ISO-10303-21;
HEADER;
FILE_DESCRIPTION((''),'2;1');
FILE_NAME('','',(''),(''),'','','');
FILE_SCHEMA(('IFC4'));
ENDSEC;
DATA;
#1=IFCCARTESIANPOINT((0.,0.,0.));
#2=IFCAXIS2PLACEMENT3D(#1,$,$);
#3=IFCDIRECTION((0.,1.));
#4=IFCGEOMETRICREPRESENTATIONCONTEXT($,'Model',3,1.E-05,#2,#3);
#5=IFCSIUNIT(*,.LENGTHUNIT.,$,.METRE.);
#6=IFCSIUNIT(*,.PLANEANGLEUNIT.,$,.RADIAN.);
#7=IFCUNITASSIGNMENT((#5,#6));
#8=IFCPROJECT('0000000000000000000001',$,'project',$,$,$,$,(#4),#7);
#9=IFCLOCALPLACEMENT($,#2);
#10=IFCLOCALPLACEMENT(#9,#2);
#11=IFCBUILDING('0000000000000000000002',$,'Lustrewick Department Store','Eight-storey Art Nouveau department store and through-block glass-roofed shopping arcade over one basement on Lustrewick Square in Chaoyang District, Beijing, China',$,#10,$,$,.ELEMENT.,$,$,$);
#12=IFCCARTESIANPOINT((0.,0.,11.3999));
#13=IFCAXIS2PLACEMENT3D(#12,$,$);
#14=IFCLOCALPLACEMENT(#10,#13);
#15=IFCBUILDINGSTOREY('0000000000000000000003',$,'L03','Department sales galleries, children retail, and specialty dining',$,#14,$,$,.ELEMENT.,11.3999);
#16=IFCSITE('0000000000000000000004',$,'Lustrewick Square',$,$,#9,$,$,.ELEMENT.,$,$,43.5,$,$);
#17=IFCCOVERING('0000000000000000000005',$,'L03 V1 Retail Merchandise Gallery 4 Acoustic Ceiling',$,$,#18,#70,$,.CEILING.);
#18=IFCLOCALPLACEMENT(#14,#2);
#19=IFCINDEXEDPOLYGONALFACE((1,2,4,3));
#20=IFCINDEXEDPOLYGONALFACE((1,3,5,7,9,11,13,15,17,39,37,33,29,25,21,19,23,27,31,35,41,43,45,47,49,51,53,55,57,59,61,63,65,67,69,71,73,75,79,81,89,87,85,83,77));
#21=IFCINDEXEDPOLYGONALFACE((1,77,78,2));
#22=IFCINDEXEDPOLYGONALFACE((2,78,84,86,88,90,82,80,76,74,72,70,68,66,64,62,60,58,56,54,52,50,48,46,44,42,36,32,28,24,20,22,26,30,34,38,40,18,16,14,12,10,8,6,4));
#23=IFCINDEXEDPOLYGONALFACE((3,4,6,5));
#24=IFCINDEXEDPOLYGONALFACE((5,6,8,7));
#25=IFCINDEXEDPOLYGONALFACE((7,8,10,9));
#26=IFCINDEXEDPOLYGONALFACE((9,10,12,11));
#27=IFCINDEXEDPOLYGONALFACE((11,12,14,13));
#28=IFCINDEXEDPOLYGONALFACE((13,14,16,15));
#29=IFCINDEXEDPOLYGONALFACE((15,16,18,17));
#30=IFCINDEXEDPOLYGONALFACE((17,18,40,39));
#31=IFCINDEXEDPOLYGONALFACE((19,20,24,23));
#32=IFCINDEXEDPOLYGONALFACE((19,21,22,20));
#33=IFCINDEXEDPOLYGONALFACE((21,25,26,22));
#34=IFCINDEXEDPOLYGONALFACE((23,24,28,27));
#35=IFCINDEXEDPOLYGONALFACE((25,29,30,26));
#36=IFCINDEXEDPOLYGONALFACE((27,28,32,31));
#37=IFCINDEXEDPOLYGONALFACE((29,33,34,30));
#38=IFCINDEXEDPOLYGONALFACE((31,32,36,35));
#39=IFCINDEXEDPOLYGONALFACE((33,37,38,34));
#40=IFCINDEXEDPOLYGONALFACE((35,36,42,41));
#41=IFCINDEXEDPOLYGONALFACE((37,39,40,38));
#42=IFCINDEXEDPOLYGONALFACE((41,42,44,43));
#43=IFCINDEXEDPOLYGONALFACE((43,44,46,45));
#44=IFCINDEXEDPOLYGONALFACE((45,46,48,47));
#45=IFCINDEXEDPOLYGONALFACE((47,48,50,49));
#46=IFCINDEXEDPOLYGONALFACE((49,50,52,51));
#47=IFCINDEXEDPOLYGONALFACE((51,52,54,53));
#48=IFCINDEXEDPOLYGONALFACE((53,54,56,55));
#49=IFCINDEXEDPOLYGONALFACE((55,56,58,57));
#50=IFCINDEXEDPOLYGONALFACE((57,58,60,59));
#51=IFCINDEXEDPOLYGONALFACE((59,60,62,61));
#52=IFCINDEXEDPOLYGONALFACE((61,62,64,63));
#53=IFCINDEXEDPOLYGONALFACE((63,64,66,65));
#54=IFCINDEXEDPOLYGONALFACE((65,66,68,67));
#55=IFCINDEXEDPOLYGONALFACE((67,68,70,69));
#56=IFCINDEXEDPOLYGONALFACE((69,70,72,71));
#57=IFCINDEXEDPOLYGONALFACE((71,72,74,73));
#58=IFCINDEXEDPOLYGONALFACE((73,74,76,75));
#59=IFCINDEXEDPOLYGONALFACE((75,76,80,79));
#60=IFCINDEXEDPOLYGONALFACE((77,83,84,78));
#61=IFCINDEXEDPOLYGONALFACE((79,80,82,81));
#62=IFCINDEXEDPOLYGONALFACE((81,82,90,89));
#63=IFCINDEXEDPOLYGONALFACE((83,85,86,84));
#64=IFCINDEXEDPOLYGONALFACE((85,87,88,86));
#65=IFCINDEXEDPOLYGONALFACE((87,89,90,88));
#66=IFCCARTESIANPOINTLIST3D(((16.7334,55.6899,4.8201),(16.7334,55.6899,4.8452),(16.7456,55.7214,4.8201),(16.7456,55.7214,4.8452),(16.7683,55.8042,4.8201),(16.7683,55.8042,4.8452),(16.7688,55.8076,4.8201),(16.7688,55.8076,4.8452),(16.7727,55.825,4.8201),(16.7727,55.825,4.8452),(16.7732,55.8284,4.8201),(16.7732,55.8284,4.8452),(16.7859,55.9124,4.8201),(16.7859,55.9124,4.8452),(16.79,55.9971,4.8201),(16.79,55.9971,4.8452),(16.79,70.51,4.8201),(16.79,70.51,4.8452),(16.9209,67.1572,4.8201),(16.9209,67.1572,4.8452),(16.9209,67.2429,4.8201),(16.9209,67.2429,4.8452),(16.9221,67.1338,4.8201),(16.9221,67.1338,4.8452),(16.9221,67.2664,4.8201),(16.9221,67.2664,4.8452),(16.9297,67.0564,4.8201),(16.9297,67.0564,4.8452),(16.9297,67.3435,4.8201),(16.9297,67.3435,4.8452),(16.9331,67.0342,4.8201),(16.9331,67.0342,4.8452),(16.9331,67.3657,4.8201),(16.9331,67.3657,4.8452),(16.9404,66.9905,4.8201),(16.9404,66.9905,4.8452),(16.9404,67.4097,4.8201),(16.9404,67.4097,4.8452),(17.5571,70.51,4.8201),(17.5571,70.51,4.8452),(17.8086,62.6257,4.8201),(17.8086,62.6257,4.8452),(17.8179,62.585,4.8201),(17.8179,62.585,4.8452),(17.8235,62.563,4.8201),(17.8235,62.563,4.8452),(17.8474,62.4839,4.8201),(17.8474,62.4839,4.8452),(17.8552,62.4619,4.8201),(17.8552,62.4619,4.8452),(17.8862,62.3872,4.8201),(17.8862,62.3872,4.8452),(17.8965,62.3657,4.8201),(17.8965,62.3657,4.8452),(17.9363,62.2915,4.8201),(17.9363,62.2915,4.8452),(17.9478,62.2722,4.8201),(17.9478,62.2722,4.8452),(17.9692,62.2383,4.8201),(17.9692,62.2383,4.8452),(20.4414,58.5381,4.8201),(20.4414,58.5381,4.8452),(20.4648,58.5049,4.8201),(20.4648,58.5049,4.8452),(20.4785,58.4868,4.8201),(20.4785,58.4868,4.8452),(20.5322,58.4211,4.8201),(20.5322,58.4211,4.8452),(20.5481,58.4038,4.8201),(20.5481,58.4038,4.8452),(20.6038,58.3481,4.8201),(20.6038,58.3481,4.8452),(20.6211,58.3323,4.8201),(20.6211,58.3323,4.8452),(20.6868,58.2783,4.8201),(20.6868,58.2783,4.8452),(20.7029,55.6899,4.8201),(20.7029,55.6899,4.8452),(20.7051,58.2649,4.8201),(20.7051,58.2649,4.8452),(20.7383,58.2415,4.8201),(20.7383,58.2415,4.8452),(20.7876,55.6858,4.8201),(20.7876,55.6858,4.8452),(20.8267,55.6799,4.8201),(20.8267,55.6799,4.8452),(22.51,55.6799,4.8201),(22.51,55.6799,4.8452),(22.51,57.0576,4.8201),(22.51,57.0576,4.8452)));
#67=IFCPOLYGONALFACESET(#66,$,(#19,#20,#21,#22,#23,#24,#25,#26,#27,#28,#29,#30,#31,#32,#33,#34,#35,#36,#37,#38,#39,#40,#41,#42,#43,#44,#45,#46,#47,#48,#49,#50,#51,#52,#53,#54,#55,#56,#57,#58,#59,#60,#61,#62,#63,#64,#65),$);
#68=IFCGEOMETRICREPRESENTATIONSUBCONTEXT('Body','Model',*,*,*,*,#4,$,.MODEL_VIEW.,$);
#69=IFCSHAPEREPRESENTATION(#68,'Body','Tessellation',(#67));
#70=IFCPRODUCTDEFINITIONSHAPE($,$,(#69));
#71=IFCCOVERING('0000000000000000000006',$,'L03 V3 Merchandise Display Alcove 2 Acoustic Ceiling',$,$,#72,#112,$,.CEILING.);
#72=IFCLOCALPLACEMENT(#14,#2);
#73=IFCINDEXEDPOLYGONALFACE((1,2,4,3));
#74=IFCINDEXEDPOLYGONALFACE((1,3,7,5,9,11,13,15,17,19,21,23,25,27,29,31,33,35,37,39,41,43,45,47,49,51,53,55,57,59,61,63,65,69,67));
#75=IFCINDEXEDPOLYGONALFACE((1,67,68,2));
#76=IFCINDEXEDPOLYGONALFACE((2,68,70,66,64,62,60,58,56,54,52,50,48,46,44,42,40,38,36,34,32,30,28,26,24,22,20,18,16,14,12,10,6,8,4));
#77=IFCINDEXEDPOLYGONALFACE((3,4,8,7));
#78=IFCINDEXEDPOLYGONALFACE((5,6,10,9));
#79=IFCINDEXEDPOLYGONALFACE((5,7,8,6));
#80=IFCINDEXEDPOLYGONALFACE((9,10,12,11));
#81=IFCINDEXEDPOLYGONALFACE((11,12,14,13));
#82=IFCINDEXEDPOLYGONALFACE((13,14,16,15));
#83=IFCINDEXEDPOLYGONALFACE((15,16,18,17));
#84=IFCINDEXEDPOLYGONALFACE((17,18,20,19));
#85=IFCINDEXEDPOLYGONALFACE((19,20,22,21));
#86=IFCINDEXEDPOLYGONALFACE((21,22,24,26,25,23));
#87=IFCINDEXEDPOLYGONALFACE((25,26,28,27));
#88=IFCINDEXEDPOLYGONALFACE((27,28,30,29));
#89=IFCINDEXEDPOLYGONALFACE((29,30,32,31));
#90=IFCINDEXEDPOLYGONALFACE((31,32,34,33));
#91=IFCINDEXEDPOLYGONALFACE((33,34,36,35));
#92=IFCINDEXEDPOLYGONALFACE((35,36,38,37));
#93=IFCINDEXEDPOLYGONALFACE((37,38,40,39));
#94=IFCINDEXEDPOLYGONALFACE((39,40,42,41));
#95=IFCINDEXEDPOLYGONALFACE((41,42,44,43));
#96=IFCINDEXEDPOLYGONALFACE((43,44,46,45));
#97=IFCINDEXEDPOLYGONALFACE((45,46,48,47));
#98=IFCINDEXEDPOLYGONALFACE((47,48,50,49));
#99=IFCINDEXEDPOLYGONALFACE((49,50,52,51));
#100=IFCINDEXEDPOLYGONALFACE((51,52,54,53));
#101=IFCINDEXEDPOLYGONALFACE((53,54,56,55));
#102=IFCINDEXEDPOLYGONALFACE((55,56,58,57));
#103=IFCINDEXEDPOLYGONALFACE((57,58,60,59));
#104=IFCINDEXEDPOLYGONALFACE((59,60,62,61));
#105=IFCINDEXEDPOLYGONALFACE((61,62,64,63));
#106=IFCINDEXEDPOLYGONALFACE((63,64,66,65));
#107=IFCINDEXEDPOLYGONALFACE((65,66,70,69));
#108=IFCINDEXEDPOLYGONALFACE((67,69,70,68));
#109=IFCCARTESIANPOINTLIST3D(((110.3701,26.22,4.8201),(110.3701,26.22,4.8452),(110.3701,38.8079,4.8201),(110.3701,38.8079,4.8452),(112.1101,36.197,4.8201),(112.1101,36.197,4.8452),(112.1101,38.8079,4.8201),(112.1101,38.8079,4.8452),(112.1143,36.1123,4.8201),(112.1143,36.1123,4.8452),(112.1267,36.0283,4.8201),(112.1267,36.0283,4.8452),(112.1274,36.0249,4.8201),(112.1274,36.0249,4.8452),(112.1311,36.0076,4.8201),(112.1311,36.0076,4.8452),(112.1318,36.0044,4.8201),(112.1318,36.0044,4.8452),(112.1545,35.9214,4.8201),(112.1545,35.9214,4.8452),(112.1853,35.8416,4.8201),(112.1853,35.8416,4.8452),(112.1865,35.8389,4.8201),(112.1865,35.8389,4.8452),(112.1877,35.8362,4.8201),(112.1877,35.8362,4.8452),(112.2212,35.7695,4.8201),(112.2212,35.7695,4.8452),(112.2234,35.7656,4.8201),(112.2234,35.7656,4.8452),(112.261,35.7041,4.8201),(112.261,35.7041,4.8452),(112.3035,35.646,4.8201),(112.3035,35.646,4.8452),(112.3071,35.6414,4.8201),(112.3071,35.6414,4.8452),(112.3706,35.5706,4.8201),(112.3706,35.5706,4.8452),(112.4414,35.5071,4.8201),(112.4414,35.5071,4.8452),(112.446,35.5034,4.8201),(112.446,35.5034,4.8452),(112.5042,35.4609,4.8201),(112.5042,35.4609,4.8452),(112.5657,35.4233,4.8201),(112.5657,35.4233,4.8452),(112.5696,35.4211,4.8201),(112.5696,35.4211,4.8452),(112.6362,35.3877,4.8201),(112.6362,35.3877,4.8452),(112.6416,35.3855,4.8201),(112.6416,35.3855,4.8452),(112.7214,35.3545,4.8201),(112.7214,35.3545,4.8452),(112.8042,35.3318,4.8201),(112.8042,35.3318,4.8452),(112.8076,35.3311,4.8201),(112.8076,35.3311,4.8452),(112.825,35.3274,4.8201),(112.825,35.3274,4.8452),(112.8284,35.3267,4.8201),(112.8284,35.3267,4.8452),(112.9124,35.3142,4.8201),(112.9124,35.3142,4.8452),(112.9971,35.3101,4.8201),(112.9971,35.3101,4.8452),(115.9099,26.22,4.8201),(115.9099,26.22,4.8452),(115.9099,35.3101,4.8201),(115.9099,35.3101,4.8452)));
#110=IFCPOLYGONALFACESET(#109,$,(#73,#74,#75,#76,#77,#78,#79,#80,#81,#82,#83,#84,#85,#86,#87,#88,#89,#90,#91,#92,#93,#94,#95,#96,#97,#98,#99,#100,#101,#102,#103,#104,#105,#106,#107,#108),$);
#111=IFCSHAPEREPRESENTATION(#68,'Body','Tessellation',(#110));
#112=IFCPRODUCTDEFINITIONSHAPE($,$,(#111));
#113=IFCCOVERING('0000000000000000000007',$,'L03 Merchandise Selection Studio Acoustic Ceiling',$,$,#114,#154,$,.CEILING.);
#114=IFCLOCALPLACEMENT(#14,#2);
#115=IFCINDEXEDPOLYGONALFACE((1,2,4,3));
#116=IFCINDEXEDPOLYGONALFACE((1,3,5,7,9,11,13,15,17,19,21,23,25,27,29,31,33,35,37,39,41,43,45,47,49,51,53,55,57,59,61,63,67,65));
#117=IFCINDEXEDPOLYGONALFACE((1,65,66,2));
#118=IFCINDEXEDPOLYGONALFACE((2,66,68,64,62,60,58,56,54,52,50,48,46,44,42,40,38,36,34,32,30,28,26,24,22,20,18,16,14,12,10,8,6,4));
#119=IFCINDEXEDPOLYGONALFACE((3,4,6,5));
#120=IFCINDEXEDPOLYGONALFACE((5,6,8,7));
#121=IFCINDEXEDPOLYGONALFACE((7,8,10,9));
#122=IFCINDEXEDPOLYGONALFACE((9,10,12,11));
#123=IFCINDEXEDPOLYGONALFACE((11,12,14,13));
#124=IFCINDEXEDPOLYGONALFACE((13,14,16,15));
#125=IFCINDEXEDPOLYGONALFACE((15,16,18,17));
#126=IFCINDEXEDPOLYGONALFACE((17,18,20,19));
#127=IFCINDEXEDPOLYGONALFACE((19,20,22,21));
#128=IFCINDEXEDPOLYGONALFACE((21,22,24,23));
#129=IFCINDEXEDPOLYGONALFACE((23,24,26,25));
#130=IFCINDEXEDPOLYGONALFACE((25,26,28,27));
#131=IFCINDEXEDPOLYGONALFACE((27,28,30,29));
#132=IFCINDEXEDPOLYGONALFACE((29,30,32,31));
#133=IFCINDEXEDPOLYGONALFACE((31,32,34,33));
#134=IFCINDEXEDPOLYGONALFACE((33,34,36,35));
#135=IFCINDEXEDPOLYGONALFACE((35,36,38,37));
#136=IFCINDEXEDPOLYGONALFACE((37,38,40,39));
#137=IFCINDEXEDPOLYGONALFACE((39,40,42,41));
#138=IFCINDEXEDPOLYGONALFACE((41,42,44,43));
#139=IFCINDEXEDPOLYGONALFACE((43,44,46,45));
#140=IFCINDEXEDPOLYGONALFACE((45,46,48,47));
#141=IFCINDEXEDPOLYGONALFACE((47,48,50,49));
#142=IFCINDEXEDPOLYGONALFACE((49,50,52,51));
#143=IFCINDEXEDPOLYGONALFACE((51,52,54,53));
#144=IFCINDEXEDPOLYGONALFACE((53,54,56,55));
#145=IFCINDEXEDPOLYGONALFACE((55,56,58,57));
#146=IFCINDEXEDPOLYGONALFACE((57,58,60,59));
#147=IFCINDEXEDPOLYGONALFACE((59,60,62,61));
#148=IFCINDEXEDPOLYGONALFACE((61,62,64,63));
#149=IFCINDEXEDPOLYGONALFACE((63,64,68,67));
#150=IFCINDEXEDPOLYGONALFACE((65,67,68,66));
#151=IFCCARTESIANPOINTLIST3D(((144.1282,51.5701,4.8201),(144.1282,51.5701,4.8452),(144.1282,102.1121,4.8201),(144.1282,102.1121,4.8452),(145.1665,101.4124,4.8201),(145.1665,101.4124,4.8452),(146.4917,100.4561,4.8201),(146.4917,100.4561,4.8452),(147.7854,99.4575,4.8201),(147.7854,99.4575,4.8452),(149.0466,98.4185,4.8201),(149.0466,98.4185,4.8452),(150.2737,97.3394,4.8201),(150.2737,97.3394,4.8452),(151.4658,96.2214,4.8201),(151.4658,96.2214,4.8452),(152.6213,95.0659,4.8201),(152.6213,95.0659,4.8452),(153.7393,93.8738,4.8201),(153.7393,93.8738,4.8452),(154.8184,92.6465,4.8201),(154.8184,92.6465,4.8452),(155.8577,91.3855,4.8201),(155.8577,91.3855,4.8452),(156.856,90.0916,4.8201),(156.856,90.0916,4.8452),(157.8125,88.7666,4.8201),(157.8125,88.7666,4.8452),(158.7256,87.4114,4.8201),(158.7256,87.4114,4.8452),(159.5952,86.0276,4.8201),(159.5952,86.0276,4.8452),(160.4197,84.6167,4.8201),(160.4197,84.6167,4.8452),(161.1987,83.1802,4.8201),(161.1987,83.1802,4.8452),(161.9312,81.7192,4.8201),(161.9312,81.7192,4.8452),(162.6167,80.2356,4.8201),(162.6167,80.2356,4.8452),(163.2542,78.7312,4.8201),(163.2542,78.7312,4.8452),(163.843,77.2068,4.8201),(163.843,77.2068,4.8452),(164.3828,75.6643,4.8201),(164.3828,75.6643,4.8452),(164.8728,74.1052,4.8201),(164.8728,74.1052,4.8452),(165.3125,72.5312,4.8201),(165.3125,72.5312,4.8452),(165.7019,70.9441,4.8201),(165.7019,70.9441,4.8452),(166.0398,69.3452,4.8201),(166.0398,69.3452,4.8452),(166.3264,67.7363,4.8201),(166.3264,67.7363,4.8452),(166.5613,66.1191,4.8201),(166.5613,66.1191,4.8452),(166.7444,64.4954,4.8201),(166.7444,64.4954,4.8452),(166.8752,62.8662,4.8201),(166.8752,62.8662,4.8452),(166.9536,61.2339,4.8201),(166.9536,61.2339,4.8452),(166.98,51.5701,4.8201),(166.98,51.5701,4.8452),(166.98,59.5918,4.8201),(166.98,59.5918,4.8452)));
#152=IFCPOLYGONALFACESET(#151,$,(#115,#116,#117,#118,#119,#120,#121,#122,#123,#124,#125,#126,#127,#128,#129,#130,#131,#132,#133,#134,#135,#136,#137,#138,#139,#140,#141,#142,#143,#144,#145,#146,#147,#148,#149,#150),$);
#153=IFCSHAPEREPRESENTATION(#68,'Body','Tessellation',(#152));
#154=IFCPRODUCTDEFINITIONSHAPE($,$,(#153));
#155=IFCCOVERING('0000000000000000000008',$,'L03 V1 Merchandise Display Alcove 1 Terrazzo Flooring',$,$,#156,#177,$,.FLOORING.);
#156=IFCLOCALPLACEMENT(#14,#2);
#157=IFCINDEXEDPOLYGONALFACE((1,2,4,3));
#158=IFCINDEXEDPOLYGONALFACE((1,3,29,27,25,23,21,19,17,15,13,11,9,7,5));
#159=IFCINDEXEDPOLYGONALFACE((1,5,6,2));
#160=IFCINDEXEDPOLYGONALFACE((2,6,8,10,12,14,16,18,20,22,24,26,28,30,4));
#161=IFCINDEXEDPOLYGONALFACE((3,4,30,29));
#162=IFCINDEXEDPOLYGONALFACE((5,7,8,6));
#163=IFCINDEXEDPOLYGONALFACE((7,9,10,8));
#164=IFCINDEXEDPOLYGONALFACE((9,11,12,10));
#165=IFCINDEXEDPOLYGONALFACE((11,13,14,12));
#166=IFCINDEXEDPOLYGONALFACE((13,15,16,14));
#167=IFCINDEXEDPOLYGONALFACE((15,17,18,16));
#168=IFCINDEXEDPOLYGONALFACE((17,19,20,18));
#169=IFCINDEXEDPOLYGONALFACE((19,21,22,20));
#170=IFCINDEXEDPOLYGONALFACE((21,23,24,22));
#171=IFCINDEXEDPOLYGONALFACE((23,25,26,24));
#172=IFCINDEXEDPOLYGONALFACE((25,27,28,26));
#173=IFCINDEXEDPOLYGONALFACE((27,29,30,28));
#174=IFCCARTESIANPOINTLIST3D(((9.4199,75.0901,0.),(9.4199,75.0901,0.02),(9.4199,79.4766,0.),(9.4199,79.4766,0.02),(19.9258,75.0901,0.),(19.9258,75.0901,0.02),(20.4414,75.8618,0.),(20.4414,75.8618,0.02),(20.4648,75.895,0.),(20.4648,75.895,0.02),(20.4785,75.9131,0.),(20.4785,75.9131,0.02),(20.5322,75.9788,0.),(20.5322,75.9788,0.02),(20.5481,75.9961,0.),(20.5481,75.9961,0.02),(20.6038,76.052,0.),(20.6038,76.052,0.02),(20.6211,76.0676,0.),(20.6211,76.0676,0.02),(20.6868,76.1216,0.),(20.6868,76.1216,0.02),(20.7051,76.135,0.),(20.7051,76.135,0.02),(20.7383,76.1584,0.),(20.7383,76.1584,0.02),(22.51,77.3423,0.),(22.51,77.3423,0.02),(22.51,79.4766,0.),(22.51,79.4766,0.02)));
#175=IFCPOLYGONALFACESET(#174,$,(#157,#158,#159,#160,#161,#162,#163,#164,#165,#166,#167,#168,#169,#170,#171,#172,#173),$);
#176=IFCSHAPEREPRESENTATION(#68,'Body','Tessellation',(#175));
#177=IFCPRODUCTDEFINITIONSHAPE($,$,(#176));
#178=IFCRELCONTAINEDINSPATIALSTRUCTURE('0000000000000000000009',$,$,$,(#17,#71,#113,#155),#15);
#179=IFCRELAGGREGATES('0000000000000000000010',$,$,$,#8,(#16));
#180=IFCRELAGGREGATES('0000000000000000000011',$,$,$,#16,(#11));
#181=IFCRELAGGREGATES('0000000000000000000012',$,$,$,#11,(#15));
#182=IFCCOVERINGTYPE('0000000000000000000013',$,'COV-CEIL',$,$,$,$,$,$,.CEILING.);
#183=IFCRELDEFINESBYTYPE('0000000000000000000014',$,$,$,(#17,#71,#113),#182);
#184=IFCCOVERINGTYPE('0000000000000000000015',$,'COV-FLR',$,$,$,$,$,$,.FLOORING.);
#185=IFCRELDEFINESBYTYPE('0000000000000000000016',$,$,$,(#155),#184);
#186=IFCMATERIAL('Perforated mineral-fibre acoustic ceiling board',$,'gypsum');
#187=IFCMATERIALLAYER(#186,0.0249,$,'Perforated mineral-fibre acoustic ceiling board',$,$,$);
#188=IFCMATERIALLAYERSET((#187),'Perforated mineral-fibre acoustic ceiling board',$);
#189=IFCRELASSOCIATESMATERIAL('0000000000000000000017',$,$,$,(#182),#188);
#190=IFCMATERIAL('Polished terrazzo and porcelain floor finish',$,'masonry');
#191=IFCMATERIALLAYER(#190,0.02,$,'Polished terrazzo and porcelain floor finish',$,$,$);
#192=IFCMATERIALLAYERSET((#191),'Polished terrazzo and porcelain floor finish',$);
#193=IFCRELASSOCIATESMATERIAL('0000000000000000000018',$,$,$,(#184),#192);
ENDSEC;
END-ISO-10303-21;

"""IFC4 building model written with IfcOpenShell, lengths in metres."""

from ifc_helpers import new_model, si_unit, direction, frame, origin, place, context, subcontext, project, spatial, polyline, outline, extrude, material, layer, layer_set, type_object, element, save


model = new_model("IFC4")

# Units and contexts
model_context = context("Model", 3, precision=1e-05, world=origin(), true_north=direction((0.0, 1.0)))
body_context = subcontext(model_context, "Body", "Model", "MODEL_VIEW")
ifc_project = project(units=[si_unit("LENGTHUNIT", "METRE"), si_unit("PLANEANGLEUNIT", "RADIAN")], contexts=[model_context])

# Site, building, storey
site_placement = place(None, origin())
site = spatial("IfcSite", under=ifc_project, at=site_placement, Name="Lustrewick Square", CompositionType="ELEMENT", RefElevation=43.5)
building_placement = place(site_placement, origin())
building = spatial("IfcBuilding", under=site, at=building_placement, Name="Lustrewick Department Store", Description="Eight-storey Art Nouveau department store and through-block glass-roofed shopping arcade over one basement on Lustrewick Square in Chaoyang District, Beijing, China", CompositionType="ELEMENT")
storey_placement = place(building_placement, frame((0.0, 0.0, 11.3999)))
storey = spatial("IfcBuildingStorey", under=building, at=storey_placement, Name="L03", Description="Department sales galleries, children retail, and specialty dining", CompositionType="ELEMENT", Elevation=11.3999)

# Coverings
ifc_material_1 = material(Name="Perforated mineral-fibre acoustic ceiling board", Category="gypsum")
ifc_layer_1 = layer(ifc_material_1, 0.0249, Name="Perforated mineral-fibre acoustic ceiling board")
ifc_layer_set_1 = layer_set([ifc_layer_1], Name="Perforated mineral-fibre acoustic ceiling board")
covering_type_1 = type_object("IfcCoveringType", Name="COV-CEIL", PredefinedType="CEILING", material=ifc_layer_set_1)
covering_1_placement = place(storey_placement, frame((0.0, 0.0, 4.8201)))
element("IfcCovering", 1, at=covering_1_placement, inside=storey, type_object=covering_type_1, Name="L03 V1 Retail Merchandise Gallery 4 Acoustic Ceiling", PredefinedType="CEILING", context=body_context, shape_type="SweptSolid", body=[
    extrude(outline(polyline([(20.7029, 55.6899), (20.7876, 55.6858), (20.8267, 55.6799), (22.51, 55.6799), (22.51, 57.0576), (20.7383, 58.2415), (20.7051, 58.2649), (20.6868, 58.2783), (20.6211, 58.3323), (20.6038, 58.3481), (20.5481, 58.4038), (20.5322, 58.4211), (20.4785, 58.4868), (20.4648, 58.5049), (20.4414, 58.5381), (17.9692, 62.2383), (17.9478, 62.2722), (17.9363, 62.2915), (17.8965, 62.3657), (17.8862, 62.3872), (17.8552, 62.4619), (17.8474, 62.4839), (17.8235, 62.563), (17.8179, 62.585), (17.8086, 62.6257), (16.9404, 66.9905), (16.9331, 67.0342), (16.9297, 67.0564), (16.9221, 67.1338), (16.9209, 67.1572), (16.9209, 67.2429), (16.9221, 67.2664), (16.9297, 67.3435), (16.9331, 67.3657), (16.9404, 67.4097), (17.5571, 70.51), (16.79, 70.51), (16.79, 55.9971), (16.7859, 55.9124), (16.7732, 55.8284), (16.7727, 55.825), (16.7688, 55.8076), (16.7683, 55.8042), (16.7456, 55.7214), (16.7334, 55.6899), (20.7029, 55.6899)])), origin(), (0.0, 0.0, 1.0), 0.0251),
])
covering_2_placement = place(storey_placement, frame((0.0, 0.0, 4.8201)))
element("IfcCovering", 2, at=covering_2_placement, inside=storey, type_object=covering_type_1, Name="L03 V3 Merchandise Display Alcove 2 Acoustic Ceiling", PredefinedType="CEILING", context=body_context, shape_type="SweptSolid", body=[
    extrude(outline(polyline([(112.1101, 38.8079), (110.3701, 38.8079), (110.3701, 26.22), (115.9099, 26.22), (115.9099, 35.3101), (112.9971, 35.3101), (112.9124, 35.3142), (112.8284, 35.3267), (112.825, 35.3274), (112.8076, 35.3311), (112.8042, 35.3318), (112.7214, 35.3545), (112.6416, 35.3855), (112.6362, 35.3877), (112.5696, 35.4211), (112.5657, 35.4233), (112.5042, 35.4609), (112.446, 35.5034), (112.4414, 35.5071), (112.3706, 35.5706), (112.3071, 35.6414), (112.3035, 35.646), (112.261, 35.7041), (112.2234, 35.7656), (112.2212, 35.7695), (112.1877, 35.8362), (112.1865, 35.8389), (112.1853, 35.8416), (112.1545, 35.9214), (112.1318, 36.0044), (112.1311, 36.0076), (112.1274, 36.0249), (112.1267, 36.0283), (112.1143, 36.1123), (112.1101, 36.197), (112.1101, 38.8079)])), origin(), (0.0, 0.0, 1.0), 0.0251),
])
covering_3_placement = place(storey_placement, frame((0.0, 0.0, 4.8201)))
element("IfcCovering", 3, at=covering_3_placement, inside=storey, type_object=covering_type_1, Name="L03 Merchandise Selection Studio Acoustic Ceiling", PredefinedType="CEILING", context=body_context, shape_type="SweptSolid", body=[
    extrude(outline(polyline([(144.1282, 102.1121), (144.1282, 51.5701), (166.98, 51.5701), (166.98, 59.5918), (166.9536, 61.2339), (166.8752, 62.8662), (166.7444, 64.4954), (166.5613, 66.1191), (166.3264, 67.7363), (166.0398, 69.3452), (165.7019, 70.9441), (165.3125, 72.5312), (164.8728, 74.1052), (164.3828, 75.6643), (163.843, 77.2068), (163.2542, 78.7312), (162.6167, 80.2356), (161.9312, 81.7192), (161.1987, 83.1802), (160.4197, 84.6167), (159.5952, 86.0276), (158.7256, 87.4114), (157.8125, 88.7666), (156.856, 90.0916), (155.8577, 91.3855), (154.8184, 92.6465), (153.7393, 93.8738), (152.6213, 95.0659), (151.4658, 96.2214), (150.2737, 97.3394), (149.0466, 98.4185), (147.7854, 99.4575), (146.4917, 100.4561), (145.1665, 101.4124), (144.1282, 102.1121)])), origin(), (0.0, 0.0, 1.0), 0.0251),
])
ifc_material_2 = material(Name="Polished terrazzo and porcelain floor finish", Category="masonry")
ifc_layer_2 = layer(ifc_material_2, 0.02, Name="Polished terrazzo and porcelain floor finish")
ifc_layer_set_2 = layer_set([ifc_layer_2], Name="Polished terrazzo and porcelain floor finish")
covering_type_2 = type_object("IfcCoveringType", Name="COV-FLR", PredefinedType="FLOORING", material=ifc_layer_set_2)
covering_4_placement = place(storey_placement, origin())
element("IfcCovering", 4, at=covering_4_placement, inside=storey, type_object=covering_type_2, Name="L03 V1 Merchandise Display Alcove 1 Terrazzo Flooring", PredefinedType="FLOORING", context=body_context, shape_type="SweptSolid", body=[
    extrude(outline(polyline([(9.4199, 75.0901), (19.9258, 75.0901), (20.4414, 75.8618), (20.4648, 75.895), (20.4785, 75.9131), (20.5322, 75.9788), (20.5481, 75.9961), (20.6038, 76.052), (20.6211, 76.0676), (20.6868, 76.1216), (20.7051, 76.135), (20.7383, 76.1584), (22.51, 77.3423), (22.51, 79.4766), (9.4199, 79.4766), (9.4199, 75.0901)])), origin(), (0.0, 0.0, 1.0), 0.02),
])

save(model, "model.ifc")
